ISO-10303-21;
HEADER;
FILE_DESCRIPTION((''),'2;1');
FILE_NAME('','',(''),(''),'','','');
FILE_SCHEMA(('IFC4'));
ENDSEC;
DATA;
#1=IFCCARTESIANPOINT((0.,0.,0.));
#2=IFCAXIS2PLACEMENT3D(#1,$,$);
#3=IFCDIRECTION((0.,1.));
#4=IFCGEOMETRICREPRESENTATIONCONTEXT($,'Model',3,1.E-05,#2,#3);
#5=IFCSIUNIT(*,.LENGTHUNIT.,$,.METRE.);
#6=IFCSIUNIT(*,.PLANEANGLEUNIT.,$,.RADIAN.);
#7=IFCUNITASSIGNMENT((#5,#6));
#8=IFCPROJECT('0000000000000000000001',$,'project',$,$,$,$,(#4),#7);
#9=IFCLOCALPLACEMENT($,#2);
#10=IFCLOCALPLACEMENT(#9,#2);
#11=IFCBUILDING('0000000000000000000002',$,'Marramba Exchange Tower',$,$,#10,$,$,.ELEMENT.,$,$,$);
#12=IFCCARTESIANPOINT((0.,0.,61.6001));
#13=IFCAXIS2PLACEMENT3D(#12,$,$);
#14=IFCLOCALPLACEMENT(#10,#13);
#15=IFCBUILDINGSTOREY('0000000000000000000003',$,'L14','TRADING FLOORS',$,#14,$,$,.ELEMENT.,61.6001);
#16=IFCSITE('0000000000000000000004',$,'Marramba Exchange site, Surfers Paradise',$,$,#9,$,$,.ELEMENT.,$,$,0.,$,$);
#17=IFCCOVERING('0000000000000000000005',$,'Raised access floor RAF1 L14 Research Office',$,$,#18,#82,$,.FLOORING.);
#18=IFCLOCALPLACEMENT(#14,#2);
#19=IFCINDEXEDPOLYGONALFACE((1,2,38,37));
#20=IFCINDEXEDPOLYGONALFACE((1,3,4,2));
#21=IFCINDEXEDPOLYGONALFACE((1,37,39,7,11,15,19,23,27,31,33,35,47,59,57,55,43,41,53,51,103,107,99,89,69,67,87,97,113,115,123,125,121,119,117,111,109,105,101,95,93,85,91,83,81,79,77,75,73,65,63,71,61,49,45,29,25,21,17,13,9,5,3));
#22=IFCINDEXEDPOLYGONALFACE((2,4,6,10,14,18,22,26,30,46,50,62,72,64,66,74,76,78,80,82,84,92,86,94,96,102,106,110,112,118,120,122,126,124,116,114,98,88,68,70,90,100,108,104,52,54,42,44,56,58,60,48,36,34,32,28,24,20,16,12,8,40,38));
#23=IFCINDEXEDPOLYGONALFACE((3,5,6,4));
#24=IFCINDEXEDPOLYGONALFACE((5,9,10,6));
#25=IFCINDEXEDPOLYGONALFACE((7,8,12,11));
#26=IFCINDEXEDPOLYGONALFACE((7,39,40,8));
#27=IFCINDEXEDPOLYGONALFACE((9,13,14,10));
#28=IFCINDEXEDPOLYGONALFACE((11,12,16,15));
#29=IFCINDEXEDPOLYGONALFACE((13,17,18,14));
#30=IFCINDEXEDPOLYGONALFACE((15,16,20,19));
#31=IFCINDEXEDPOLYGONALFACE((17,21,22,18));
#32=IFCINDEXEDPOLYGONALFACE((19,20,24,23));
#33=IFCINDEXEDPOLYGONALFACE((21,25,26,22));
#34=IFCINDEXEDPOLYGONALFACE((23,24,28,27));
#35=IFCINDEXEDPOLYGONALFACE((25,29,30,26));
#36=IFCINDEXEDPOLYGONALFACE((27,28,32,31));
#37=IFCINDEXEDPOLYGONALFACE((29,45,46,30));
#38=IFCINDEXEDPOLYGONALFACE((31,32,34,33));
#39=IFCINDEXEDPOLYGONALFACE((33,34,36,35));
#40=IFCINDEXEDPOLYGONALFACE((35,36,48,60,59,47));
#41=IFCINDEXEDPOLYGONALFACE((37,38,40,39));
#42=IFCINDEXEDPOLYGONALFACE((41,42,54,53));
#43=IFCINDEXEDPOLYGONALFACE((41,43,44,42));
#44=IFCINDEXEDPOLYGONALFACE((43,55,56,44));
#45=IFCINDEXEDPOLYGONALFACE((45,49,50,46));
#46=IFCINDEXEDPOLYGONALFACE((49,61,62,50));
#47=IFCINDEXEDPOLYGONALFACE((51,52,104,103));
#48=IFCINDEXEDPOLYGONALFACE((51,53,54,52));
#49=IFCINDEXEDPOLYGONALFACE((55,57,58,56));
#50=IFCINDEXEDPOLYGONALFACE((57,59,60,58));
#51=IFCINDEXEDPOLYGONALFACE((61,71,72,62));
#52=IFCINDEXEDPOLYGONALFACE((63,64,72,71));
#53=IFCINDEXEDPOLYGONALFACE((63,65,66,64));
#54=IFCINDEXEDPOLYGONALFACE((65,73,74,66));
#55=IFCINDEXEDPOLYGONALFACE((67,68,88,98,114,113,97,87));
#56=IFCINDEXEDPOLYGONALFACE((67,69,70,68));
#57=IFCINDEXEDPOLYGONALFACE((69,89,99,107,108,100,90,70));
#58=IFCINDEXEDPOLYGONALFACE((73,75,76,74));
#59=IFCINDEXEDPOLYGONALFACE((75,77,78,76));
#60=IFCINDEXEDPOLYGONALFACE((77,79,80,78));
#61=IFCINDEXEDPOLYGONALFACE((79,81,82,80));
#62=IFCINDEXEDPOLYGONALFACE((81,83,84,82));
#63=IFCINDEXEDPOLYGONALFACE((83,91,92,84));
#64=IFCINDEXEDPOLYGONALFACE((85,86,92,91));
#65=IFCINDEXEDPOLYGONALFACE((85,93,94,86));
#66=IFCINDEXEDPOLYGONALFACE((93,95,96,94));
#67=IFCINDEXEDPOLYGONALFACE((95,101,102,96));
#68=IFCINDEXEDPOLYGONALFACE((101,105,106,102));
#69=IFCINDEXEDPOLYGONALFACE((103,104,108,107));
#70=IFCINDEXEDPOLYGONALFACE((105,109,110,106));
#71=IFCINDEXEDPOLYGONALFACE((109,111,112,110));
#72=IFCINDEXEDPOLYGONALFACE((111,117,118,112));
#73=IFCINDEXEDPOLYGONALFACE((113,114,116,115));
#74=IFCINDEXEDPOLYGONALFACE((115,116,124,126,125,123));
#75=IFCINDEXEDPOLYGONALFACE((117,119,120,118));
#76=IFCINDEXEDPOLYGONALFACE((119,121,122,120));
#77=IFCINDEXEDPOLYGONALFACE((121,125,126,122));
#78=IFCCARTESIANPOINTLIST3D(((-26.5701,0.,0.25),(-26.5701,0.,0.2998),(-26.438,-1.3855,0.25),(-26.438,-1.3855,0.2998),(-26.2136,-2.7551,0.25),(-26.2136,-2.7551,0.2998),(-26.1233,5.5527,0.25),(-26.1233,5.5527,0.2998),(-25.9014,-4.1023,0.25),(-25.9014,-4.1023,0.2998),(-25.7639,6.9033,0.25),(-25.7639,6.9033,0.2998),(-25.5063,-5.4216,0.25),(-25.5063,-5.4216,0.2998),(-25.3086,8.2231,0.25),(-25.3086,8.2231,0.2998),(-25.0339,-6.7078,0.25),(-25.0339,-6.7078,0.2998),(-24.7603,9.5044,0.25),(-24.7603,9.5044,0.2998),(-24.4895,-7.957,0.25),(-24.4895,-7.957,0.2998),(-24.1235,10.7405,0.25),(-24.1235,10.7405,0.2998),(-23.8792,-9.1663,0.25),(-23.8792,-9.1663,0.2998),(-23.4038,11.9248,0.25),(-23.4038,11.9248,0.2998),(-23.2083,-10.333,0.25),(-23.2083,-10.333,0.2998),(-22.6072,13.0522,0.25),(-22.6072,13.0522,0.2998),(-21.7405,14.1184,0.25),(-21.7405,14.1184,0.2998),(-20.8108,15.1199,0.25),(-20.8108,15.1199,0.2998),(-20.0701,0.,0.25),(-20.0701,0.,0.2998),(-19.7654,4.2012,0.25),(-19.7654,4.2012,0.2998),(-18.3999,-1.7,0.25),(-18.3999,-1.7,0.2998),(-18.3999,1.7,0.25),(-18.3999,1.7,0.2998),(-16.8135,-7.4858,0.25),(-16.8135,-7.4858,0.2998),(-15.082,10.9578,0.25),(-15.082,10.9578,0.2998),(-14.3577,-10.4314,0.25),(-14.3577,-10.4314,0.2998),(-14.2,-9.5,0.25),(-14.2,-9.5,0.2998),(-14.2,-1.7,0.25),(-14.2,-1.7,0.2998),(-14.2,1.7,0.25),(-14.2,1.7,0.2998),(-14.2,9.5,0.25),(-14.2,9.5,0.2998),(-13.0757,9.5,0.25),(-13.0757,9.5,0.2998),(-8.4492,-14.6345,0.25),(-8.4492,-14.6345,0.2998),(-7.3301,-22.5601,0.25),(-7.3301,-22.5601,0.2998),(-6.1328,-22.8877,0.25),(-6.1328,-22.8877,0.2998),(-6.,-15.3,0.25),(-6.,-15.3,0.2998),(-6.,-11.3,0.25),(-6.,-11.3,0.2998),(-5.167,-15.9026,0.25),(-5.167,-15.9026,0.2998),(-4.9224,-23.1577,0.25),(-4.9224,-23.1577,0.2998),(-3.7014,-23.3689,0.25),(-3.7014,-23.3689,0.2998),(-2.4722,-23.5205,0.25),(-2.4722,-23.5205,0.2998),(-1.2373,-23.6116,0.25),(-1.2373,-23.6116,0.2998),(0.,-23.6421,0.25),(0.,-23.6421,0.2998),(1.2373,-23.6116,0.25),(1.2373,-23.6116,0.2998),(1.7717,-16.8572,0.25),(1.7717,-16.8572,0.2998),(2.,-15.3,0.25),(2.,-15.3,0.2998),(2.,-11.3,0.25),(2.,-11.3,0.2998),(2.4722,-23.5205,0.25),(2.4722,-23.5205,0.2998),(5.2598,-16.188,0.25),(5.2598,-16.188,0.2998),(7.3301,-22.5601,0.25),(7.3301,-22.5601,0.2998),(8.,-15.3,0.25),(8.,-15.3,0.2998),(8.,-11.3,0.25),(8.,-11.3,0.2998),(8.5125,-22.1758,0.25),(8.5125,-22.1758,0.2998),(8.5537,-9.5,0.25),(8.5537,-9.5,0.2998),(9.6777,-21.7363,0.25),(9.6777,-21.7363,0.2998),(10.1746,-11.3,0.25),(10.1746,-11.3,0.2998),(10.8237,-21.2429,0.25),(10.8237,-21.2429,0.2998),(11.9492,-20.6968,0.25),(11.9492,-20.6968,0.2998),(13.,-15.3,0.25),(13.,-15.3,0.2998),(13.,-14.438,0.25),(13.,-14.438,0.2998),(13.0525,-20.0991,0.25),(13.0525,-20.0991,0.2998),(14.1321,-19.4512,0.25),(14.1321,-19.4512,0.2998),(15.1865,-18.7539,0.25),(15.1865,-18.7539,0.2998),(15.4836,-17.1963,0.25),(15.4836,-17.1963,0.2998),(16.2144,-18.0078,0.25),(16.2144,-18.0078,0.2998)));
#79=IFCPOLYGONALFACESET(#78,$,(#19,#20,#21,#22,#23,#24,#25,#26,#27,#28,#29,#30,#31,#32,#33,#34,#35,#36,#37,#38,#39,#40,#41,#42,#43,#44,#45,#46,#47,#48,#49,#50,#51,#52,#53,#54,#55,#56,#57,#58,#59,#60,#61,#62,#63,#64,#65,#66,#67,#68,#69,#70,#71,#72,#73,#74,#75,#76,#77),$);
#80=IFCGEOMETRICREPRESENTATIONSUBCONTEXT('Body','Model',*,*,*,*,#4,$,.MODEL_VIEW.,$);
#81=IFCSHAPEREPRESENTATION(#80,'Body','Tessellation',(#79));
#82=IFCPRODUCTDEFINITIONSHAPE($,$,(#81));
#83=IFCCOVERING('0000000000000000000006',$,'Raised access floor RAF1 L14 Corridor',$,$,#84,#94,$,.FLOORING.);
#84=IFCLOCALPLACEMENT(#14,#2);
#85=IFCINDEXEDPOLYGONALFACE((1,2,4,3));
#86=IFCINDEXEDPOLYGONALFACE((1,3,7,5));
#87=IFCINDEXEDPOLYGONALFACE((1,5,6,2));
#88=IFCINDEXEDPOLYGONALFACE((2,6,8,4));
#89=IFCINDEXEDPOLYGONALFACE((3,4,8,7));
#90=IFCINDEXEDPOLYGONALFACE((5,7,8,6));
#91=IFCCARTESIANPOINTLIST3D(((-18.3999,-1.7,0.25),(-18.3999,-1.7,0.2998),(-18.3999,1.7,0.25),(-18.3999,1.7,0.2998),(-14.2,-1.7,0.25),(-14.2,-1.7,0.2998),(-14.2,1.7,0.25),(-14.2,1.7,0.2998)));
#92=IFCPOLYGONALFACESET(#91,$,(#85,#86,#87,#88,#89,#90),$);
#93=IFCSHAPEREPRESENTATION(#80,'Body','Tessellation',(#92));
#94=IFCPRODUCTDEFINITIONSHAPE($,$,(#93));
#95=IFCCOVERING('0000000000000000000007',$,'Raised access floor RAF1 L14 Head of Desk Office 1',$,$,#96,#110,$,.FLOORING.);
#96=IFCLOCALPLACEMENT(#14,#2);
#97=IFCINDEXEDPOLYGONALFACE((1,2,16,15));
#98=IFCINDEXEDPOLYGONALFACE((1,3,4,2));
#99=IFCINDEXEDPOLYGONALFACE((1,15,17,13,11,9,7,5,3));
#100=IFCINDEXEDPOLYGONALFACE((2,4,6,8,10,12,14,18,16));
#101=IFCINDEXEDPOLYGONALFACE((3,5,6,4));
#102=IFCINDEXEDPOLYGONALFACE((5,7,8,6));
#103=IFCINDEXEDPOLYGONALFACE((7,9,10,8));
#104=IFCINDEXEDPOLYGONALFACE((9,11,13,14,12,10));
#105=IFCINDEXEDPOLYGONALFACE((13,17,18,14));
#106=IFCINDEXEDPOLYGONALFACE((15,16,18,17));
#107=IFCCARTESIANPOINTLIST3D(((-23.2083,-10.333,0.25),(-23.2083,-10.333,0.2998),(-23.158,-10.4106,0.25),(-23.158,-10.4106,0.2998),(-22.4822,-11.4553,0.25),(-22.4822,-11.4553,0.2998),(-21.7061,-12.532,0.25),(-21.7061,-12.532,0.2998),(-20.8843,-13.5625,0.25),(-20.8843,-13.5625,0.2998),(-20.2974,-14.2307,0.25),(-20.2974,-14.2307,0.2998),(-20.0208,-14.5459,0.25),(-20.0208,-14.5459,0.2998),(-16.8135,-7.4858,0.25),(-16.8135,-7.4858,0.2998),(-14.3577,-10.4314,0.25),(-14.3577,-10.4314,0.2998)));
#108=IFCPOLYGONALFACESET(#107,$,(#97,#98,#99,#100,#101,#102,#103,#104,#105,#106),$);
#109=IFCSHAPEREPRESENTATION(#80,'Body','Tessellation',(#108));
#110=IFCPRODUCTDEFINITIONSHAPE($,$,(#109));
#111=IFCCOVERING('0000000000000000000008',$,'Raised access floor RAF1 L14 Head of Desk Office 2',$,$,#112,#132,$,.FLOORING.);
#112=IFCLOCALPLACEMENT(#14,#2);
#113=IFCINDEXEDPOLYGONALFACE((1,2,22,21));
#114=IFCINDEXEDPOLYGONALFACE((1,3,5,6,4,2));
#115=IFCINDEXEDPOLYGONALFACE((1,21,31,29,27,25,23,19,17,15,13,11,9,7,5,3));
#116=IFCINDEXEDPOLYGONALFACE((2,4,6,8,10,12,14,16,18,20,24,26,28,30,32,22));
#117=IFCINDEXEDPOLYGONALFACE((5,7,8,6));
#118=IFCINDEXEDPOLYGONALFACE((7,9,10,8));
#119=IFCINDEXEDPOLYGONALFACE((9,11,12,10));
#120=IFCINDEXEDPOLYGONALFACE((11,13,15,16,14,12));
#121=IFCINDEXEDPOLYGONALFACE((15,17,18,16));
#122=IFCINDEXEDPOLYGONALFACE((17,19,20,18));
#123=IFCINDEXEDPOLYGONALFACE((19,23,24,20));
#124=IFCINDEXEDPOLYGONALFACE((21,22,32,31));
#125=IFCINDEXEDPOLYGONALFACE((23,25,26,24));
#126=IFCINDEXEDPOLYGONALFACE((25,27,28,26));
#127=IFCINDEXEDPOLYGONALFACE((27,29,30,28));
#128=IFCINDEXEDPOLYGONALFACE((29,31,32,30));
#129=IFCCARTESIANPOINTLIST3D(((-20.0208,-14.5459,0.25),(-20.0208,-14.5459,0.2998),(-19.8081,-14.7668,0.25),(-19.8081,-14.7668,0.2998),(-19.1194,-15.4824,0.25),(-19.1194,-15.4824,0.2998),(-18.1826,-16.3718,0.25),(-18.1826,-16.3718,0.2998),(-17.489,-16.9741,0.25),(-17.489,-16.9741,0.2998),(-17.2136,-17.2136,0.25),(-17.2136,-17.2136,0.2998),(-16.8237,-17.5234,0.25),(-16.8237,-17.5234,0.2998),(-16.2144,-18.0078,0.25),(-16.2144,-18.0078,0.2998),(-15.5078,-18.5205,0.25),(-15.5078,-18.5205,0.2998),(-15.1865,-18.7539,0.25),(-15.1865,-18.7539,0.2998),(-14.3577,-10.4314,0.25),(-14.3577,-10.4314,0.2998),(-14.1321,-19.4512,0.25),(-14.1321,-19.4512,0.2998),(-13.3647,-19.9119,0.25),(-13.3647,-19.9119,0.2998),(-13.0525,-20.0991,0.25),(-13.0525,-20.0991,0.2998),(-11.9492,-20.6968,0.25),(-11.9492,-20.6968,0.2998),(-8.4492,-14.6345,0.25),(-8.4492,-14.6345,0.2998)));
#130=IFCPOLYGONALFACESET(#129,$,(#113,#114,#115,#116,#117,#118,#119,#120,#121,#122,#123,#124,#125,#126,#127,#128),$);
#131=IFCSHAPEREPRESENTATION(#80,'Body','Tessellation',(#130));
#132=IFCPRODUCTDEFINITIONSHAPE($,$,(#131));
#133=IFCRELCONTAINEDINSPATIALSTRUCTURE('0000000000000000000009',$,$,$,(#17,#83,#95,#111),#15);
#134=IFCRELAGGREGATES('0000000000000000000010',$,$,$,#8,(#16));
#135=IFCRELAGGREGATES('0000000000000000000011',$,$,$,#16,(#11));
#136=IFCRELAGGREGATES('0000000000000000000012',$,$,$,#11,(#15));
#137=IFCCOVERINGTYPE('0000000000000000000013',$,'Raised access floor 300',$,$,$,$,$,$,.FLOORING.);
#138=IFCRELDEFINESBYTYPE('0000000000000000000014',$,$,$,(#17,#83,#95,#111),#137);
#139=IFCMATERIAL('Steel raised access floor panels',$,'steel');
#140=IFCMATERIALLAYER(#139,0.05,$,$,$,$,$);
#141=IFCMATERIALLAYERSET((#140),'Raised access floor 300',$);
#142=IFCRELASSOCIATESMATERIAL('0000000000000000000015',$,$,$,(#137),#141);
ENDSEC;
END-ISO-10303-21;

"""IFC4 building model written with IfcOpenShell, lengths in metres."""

from ifc_helpers import new_model, si_unit, direction, frame, origin, place, context, subcontext, project, spatial, polyline, outline, extrude, material, layer, layer_set, type_object, element, save


model = new_model("IFC4")

# Units and contexts
model_context = context("Model", 3, precision=1e-05, world=origin(), true_north=direction((0.0, 1.0)))
body_context = subcontext(model_context, "Body", "Model", "MODEL_VIEW")
ifc_project = project(units=[si_unit("LENGTHUNIT", "METRE"), si_unit("PLANEANGLEUNIT", "RADIAN")], contexts=[model_context])

# Site, building, storey
site_placement = place(None, origin())
site = spatial("IfcSite", under=ifc_project, at=site_placement, Name="Marramba Exchange site, Surfers Paradise", CompositionType="ELEMENT", RefElevation=0.0)
building_placement = place(site_placement, origin())
building = spatial("IfcBuilding", under=site, at=building_placement, Name="Marramba Exchange Tower", CompositionType="ELEMENT")
storey_placement = place(building_placement, frame((0.0, 0.0, 61.6001)))
storey = spatial("IfcBuildingStorey", under=building, at=storey_placement, Name="L14", Description="TRADING FLOORS", CompositionType="ELEMENT", Elevation=61.6001)

# Coverings
ifc_material_1 = material(Name="Steel raised access floor panels", Category="steel")
ifc_layer_1 = layer(ifc_material_1, 0.05)
ifc_layer_set_1 = layer_set([ifc_layer_1], Name="Raised access floor 300")
covering_type_1 = type_object("IfcCoveringType", Name="Raised access floor 300", PredefinedType="FLOORING", material=ifc_layer_set_1)
covering_1_placement = place(storey_placement, frame((0.0, 0.0, 0.25)))
element("IfcCovering", 1, at=covering_1_placement, inside=storey, type_object=covering_type_1, Name="Raised access floor RAF1 L14 Research Office", PredefinedType="FLOORING", context=body_context, shape_type="SweptSolid", body=[
    extrude(outline(polyline([(-14.2, 1.7), (-18.3999, 1.7), (-18.3999, -1.7), (-14.2, -1.7), (-14.2, -9.5), (8.5537, -9.5), (10.1746, -11.3), (8.0, -11.3), (2.0, -11.3), (-6.0, -11.3), (-6.0, -15.3), (2.0, -15.3), (8.0, -15.3), (13.0, -15.3), (13.0, -14.438), (15.4836, -17.1963), (16.2144, -18.0078), (15.1865, -18.7539), (14.1321, -19.4512), (13.0525, -20.0991), (11.9492, -20.6968), (10.8237, -21.2429), (9.6777, -21.7363), (8.5125, -22.1758), (7.3301, -22.5601), (5.2598, -16.188), (1.7717, -16.8572), (2.4722, -23.5205), (1.2373, -23.6116), (0.0, -23.6421), (-1.2373, -23.6116), (-2.4722, -23.5205), (-3.7014, -23.3689), (-4.9224, -23.1577), (-6.1328, -22.8877), (-7.3301, -22.5601), (-5.167, -15.9026), (-8.4492, -14.6345), (-14.3577, -10.4314), (-16.8135, -7.4858), (-23.2083, -10.333), (-23.8792, -9.1663), (-24.4895, -7.957), (-25.0339, -6.7078), (-25.5063, -5.4216), (-25.9014, -4.1023), (-26.2136, -2.7551), (-26.438, -1.3855), (-26.5701, 0.0), (-20.0701, 0.0), (-19.7654, 4.2012), (-26.1233, 5.5527), (-25.7639, 6.9033), (-25.3086, 8.2231), (-24.7603, 9.5044), (-24.1235, 10.7405), (-23.4038, 11.9248), (-22.6072, 13.0522), (-21.7405, 14.1184), (-20.8108, 15.1199), (-15.082, 10.9578), (-13.0757, 9.5), (-14.2, 9.5), (-14.2, 1.7)])), origin(), (0.0, 0.0, 1.0), 0.0498),
])
covering_2_placement = place(storey_placement, frame((0.0, 0.0, 0.25)))
element("IfcCovering", 2, at=covering_2_placement, inside=storey, type_object=covering_type_1, Name="Raised access floor RAF1 L14 Corridor", PredefinedType="FLOORING", context=body_context, shape_type="SweptSolid", body=[
    extrude(outline(polyline([(-18.3999, 1.7), (-14.2, 1.7), (-14.2, -1.7), (-18.3999, -1.7), (-18.3999, 1.7)])), origin(), (0.0, 0.0, 1.0), 0.0498),
])
covering_3_placement = place(storey_placement, frame((0.0, 0.0, 0.25)))
element("IfcCovering", 3, at=covering_3_placement, inside=storey, type_object=covering_type_1, Name="Raised access floor RAF1 L14 Head of Desk Office 1", PredefinedType="FLOORING", context=body_context, shape_type="SweptSolid", body=[
    extrude(outline(polyline([(-20.2974, -14.2307), (-20.8843, -13.5625), (-21.7061, -12.532), (-22.4822, -11.4553), (-23.158, -10.4106), (-23.2083, -10.333), (-16.8135, -7.4858), (-14.3577, -10.4314), (-20.0208, -14.5459), (-20.2974, -14.2307)])), origin(), (0.0, 0.0, 1.0), 0.0498),
])
covering_4_placement = place(storey_placement, frame((0.0, 0.0, 0.25)))
element("IfcCovering", 4, at=covering_4_placement, inside=storey, type_object=covering_type_1, Name="Raised access floor RAF1 L14 Head of Desk Office 2", PredefinedType="FLOORING", context=body_context, shape_type="SweptSolid", body=[
    extrude(outline(polyline([(-13.0525, -20.0991), (-13.3647, -19.9119), (-14.1321, -19.4512), (-15.1865, -18.7539), (-15.5078, -18.5205), (-16.2144, -18.0078), (-16.8237, -17.5234), (-17.2136, -17.2136), (-17.489, -16.9741), (-18.1826, -16.3718), (-19.1194, -15.4824), (-19.8081, -14.7668), (-20.0208, -14.5459), (-14.3577, -10.4314), (-8.4492, -14.6345), (-11.9492, -20.6968), (-13.0525, -20.0991)])), origin(), (0.0, 0.0, 1.0), 0.0498),
])

save(model, "model.ifc")
